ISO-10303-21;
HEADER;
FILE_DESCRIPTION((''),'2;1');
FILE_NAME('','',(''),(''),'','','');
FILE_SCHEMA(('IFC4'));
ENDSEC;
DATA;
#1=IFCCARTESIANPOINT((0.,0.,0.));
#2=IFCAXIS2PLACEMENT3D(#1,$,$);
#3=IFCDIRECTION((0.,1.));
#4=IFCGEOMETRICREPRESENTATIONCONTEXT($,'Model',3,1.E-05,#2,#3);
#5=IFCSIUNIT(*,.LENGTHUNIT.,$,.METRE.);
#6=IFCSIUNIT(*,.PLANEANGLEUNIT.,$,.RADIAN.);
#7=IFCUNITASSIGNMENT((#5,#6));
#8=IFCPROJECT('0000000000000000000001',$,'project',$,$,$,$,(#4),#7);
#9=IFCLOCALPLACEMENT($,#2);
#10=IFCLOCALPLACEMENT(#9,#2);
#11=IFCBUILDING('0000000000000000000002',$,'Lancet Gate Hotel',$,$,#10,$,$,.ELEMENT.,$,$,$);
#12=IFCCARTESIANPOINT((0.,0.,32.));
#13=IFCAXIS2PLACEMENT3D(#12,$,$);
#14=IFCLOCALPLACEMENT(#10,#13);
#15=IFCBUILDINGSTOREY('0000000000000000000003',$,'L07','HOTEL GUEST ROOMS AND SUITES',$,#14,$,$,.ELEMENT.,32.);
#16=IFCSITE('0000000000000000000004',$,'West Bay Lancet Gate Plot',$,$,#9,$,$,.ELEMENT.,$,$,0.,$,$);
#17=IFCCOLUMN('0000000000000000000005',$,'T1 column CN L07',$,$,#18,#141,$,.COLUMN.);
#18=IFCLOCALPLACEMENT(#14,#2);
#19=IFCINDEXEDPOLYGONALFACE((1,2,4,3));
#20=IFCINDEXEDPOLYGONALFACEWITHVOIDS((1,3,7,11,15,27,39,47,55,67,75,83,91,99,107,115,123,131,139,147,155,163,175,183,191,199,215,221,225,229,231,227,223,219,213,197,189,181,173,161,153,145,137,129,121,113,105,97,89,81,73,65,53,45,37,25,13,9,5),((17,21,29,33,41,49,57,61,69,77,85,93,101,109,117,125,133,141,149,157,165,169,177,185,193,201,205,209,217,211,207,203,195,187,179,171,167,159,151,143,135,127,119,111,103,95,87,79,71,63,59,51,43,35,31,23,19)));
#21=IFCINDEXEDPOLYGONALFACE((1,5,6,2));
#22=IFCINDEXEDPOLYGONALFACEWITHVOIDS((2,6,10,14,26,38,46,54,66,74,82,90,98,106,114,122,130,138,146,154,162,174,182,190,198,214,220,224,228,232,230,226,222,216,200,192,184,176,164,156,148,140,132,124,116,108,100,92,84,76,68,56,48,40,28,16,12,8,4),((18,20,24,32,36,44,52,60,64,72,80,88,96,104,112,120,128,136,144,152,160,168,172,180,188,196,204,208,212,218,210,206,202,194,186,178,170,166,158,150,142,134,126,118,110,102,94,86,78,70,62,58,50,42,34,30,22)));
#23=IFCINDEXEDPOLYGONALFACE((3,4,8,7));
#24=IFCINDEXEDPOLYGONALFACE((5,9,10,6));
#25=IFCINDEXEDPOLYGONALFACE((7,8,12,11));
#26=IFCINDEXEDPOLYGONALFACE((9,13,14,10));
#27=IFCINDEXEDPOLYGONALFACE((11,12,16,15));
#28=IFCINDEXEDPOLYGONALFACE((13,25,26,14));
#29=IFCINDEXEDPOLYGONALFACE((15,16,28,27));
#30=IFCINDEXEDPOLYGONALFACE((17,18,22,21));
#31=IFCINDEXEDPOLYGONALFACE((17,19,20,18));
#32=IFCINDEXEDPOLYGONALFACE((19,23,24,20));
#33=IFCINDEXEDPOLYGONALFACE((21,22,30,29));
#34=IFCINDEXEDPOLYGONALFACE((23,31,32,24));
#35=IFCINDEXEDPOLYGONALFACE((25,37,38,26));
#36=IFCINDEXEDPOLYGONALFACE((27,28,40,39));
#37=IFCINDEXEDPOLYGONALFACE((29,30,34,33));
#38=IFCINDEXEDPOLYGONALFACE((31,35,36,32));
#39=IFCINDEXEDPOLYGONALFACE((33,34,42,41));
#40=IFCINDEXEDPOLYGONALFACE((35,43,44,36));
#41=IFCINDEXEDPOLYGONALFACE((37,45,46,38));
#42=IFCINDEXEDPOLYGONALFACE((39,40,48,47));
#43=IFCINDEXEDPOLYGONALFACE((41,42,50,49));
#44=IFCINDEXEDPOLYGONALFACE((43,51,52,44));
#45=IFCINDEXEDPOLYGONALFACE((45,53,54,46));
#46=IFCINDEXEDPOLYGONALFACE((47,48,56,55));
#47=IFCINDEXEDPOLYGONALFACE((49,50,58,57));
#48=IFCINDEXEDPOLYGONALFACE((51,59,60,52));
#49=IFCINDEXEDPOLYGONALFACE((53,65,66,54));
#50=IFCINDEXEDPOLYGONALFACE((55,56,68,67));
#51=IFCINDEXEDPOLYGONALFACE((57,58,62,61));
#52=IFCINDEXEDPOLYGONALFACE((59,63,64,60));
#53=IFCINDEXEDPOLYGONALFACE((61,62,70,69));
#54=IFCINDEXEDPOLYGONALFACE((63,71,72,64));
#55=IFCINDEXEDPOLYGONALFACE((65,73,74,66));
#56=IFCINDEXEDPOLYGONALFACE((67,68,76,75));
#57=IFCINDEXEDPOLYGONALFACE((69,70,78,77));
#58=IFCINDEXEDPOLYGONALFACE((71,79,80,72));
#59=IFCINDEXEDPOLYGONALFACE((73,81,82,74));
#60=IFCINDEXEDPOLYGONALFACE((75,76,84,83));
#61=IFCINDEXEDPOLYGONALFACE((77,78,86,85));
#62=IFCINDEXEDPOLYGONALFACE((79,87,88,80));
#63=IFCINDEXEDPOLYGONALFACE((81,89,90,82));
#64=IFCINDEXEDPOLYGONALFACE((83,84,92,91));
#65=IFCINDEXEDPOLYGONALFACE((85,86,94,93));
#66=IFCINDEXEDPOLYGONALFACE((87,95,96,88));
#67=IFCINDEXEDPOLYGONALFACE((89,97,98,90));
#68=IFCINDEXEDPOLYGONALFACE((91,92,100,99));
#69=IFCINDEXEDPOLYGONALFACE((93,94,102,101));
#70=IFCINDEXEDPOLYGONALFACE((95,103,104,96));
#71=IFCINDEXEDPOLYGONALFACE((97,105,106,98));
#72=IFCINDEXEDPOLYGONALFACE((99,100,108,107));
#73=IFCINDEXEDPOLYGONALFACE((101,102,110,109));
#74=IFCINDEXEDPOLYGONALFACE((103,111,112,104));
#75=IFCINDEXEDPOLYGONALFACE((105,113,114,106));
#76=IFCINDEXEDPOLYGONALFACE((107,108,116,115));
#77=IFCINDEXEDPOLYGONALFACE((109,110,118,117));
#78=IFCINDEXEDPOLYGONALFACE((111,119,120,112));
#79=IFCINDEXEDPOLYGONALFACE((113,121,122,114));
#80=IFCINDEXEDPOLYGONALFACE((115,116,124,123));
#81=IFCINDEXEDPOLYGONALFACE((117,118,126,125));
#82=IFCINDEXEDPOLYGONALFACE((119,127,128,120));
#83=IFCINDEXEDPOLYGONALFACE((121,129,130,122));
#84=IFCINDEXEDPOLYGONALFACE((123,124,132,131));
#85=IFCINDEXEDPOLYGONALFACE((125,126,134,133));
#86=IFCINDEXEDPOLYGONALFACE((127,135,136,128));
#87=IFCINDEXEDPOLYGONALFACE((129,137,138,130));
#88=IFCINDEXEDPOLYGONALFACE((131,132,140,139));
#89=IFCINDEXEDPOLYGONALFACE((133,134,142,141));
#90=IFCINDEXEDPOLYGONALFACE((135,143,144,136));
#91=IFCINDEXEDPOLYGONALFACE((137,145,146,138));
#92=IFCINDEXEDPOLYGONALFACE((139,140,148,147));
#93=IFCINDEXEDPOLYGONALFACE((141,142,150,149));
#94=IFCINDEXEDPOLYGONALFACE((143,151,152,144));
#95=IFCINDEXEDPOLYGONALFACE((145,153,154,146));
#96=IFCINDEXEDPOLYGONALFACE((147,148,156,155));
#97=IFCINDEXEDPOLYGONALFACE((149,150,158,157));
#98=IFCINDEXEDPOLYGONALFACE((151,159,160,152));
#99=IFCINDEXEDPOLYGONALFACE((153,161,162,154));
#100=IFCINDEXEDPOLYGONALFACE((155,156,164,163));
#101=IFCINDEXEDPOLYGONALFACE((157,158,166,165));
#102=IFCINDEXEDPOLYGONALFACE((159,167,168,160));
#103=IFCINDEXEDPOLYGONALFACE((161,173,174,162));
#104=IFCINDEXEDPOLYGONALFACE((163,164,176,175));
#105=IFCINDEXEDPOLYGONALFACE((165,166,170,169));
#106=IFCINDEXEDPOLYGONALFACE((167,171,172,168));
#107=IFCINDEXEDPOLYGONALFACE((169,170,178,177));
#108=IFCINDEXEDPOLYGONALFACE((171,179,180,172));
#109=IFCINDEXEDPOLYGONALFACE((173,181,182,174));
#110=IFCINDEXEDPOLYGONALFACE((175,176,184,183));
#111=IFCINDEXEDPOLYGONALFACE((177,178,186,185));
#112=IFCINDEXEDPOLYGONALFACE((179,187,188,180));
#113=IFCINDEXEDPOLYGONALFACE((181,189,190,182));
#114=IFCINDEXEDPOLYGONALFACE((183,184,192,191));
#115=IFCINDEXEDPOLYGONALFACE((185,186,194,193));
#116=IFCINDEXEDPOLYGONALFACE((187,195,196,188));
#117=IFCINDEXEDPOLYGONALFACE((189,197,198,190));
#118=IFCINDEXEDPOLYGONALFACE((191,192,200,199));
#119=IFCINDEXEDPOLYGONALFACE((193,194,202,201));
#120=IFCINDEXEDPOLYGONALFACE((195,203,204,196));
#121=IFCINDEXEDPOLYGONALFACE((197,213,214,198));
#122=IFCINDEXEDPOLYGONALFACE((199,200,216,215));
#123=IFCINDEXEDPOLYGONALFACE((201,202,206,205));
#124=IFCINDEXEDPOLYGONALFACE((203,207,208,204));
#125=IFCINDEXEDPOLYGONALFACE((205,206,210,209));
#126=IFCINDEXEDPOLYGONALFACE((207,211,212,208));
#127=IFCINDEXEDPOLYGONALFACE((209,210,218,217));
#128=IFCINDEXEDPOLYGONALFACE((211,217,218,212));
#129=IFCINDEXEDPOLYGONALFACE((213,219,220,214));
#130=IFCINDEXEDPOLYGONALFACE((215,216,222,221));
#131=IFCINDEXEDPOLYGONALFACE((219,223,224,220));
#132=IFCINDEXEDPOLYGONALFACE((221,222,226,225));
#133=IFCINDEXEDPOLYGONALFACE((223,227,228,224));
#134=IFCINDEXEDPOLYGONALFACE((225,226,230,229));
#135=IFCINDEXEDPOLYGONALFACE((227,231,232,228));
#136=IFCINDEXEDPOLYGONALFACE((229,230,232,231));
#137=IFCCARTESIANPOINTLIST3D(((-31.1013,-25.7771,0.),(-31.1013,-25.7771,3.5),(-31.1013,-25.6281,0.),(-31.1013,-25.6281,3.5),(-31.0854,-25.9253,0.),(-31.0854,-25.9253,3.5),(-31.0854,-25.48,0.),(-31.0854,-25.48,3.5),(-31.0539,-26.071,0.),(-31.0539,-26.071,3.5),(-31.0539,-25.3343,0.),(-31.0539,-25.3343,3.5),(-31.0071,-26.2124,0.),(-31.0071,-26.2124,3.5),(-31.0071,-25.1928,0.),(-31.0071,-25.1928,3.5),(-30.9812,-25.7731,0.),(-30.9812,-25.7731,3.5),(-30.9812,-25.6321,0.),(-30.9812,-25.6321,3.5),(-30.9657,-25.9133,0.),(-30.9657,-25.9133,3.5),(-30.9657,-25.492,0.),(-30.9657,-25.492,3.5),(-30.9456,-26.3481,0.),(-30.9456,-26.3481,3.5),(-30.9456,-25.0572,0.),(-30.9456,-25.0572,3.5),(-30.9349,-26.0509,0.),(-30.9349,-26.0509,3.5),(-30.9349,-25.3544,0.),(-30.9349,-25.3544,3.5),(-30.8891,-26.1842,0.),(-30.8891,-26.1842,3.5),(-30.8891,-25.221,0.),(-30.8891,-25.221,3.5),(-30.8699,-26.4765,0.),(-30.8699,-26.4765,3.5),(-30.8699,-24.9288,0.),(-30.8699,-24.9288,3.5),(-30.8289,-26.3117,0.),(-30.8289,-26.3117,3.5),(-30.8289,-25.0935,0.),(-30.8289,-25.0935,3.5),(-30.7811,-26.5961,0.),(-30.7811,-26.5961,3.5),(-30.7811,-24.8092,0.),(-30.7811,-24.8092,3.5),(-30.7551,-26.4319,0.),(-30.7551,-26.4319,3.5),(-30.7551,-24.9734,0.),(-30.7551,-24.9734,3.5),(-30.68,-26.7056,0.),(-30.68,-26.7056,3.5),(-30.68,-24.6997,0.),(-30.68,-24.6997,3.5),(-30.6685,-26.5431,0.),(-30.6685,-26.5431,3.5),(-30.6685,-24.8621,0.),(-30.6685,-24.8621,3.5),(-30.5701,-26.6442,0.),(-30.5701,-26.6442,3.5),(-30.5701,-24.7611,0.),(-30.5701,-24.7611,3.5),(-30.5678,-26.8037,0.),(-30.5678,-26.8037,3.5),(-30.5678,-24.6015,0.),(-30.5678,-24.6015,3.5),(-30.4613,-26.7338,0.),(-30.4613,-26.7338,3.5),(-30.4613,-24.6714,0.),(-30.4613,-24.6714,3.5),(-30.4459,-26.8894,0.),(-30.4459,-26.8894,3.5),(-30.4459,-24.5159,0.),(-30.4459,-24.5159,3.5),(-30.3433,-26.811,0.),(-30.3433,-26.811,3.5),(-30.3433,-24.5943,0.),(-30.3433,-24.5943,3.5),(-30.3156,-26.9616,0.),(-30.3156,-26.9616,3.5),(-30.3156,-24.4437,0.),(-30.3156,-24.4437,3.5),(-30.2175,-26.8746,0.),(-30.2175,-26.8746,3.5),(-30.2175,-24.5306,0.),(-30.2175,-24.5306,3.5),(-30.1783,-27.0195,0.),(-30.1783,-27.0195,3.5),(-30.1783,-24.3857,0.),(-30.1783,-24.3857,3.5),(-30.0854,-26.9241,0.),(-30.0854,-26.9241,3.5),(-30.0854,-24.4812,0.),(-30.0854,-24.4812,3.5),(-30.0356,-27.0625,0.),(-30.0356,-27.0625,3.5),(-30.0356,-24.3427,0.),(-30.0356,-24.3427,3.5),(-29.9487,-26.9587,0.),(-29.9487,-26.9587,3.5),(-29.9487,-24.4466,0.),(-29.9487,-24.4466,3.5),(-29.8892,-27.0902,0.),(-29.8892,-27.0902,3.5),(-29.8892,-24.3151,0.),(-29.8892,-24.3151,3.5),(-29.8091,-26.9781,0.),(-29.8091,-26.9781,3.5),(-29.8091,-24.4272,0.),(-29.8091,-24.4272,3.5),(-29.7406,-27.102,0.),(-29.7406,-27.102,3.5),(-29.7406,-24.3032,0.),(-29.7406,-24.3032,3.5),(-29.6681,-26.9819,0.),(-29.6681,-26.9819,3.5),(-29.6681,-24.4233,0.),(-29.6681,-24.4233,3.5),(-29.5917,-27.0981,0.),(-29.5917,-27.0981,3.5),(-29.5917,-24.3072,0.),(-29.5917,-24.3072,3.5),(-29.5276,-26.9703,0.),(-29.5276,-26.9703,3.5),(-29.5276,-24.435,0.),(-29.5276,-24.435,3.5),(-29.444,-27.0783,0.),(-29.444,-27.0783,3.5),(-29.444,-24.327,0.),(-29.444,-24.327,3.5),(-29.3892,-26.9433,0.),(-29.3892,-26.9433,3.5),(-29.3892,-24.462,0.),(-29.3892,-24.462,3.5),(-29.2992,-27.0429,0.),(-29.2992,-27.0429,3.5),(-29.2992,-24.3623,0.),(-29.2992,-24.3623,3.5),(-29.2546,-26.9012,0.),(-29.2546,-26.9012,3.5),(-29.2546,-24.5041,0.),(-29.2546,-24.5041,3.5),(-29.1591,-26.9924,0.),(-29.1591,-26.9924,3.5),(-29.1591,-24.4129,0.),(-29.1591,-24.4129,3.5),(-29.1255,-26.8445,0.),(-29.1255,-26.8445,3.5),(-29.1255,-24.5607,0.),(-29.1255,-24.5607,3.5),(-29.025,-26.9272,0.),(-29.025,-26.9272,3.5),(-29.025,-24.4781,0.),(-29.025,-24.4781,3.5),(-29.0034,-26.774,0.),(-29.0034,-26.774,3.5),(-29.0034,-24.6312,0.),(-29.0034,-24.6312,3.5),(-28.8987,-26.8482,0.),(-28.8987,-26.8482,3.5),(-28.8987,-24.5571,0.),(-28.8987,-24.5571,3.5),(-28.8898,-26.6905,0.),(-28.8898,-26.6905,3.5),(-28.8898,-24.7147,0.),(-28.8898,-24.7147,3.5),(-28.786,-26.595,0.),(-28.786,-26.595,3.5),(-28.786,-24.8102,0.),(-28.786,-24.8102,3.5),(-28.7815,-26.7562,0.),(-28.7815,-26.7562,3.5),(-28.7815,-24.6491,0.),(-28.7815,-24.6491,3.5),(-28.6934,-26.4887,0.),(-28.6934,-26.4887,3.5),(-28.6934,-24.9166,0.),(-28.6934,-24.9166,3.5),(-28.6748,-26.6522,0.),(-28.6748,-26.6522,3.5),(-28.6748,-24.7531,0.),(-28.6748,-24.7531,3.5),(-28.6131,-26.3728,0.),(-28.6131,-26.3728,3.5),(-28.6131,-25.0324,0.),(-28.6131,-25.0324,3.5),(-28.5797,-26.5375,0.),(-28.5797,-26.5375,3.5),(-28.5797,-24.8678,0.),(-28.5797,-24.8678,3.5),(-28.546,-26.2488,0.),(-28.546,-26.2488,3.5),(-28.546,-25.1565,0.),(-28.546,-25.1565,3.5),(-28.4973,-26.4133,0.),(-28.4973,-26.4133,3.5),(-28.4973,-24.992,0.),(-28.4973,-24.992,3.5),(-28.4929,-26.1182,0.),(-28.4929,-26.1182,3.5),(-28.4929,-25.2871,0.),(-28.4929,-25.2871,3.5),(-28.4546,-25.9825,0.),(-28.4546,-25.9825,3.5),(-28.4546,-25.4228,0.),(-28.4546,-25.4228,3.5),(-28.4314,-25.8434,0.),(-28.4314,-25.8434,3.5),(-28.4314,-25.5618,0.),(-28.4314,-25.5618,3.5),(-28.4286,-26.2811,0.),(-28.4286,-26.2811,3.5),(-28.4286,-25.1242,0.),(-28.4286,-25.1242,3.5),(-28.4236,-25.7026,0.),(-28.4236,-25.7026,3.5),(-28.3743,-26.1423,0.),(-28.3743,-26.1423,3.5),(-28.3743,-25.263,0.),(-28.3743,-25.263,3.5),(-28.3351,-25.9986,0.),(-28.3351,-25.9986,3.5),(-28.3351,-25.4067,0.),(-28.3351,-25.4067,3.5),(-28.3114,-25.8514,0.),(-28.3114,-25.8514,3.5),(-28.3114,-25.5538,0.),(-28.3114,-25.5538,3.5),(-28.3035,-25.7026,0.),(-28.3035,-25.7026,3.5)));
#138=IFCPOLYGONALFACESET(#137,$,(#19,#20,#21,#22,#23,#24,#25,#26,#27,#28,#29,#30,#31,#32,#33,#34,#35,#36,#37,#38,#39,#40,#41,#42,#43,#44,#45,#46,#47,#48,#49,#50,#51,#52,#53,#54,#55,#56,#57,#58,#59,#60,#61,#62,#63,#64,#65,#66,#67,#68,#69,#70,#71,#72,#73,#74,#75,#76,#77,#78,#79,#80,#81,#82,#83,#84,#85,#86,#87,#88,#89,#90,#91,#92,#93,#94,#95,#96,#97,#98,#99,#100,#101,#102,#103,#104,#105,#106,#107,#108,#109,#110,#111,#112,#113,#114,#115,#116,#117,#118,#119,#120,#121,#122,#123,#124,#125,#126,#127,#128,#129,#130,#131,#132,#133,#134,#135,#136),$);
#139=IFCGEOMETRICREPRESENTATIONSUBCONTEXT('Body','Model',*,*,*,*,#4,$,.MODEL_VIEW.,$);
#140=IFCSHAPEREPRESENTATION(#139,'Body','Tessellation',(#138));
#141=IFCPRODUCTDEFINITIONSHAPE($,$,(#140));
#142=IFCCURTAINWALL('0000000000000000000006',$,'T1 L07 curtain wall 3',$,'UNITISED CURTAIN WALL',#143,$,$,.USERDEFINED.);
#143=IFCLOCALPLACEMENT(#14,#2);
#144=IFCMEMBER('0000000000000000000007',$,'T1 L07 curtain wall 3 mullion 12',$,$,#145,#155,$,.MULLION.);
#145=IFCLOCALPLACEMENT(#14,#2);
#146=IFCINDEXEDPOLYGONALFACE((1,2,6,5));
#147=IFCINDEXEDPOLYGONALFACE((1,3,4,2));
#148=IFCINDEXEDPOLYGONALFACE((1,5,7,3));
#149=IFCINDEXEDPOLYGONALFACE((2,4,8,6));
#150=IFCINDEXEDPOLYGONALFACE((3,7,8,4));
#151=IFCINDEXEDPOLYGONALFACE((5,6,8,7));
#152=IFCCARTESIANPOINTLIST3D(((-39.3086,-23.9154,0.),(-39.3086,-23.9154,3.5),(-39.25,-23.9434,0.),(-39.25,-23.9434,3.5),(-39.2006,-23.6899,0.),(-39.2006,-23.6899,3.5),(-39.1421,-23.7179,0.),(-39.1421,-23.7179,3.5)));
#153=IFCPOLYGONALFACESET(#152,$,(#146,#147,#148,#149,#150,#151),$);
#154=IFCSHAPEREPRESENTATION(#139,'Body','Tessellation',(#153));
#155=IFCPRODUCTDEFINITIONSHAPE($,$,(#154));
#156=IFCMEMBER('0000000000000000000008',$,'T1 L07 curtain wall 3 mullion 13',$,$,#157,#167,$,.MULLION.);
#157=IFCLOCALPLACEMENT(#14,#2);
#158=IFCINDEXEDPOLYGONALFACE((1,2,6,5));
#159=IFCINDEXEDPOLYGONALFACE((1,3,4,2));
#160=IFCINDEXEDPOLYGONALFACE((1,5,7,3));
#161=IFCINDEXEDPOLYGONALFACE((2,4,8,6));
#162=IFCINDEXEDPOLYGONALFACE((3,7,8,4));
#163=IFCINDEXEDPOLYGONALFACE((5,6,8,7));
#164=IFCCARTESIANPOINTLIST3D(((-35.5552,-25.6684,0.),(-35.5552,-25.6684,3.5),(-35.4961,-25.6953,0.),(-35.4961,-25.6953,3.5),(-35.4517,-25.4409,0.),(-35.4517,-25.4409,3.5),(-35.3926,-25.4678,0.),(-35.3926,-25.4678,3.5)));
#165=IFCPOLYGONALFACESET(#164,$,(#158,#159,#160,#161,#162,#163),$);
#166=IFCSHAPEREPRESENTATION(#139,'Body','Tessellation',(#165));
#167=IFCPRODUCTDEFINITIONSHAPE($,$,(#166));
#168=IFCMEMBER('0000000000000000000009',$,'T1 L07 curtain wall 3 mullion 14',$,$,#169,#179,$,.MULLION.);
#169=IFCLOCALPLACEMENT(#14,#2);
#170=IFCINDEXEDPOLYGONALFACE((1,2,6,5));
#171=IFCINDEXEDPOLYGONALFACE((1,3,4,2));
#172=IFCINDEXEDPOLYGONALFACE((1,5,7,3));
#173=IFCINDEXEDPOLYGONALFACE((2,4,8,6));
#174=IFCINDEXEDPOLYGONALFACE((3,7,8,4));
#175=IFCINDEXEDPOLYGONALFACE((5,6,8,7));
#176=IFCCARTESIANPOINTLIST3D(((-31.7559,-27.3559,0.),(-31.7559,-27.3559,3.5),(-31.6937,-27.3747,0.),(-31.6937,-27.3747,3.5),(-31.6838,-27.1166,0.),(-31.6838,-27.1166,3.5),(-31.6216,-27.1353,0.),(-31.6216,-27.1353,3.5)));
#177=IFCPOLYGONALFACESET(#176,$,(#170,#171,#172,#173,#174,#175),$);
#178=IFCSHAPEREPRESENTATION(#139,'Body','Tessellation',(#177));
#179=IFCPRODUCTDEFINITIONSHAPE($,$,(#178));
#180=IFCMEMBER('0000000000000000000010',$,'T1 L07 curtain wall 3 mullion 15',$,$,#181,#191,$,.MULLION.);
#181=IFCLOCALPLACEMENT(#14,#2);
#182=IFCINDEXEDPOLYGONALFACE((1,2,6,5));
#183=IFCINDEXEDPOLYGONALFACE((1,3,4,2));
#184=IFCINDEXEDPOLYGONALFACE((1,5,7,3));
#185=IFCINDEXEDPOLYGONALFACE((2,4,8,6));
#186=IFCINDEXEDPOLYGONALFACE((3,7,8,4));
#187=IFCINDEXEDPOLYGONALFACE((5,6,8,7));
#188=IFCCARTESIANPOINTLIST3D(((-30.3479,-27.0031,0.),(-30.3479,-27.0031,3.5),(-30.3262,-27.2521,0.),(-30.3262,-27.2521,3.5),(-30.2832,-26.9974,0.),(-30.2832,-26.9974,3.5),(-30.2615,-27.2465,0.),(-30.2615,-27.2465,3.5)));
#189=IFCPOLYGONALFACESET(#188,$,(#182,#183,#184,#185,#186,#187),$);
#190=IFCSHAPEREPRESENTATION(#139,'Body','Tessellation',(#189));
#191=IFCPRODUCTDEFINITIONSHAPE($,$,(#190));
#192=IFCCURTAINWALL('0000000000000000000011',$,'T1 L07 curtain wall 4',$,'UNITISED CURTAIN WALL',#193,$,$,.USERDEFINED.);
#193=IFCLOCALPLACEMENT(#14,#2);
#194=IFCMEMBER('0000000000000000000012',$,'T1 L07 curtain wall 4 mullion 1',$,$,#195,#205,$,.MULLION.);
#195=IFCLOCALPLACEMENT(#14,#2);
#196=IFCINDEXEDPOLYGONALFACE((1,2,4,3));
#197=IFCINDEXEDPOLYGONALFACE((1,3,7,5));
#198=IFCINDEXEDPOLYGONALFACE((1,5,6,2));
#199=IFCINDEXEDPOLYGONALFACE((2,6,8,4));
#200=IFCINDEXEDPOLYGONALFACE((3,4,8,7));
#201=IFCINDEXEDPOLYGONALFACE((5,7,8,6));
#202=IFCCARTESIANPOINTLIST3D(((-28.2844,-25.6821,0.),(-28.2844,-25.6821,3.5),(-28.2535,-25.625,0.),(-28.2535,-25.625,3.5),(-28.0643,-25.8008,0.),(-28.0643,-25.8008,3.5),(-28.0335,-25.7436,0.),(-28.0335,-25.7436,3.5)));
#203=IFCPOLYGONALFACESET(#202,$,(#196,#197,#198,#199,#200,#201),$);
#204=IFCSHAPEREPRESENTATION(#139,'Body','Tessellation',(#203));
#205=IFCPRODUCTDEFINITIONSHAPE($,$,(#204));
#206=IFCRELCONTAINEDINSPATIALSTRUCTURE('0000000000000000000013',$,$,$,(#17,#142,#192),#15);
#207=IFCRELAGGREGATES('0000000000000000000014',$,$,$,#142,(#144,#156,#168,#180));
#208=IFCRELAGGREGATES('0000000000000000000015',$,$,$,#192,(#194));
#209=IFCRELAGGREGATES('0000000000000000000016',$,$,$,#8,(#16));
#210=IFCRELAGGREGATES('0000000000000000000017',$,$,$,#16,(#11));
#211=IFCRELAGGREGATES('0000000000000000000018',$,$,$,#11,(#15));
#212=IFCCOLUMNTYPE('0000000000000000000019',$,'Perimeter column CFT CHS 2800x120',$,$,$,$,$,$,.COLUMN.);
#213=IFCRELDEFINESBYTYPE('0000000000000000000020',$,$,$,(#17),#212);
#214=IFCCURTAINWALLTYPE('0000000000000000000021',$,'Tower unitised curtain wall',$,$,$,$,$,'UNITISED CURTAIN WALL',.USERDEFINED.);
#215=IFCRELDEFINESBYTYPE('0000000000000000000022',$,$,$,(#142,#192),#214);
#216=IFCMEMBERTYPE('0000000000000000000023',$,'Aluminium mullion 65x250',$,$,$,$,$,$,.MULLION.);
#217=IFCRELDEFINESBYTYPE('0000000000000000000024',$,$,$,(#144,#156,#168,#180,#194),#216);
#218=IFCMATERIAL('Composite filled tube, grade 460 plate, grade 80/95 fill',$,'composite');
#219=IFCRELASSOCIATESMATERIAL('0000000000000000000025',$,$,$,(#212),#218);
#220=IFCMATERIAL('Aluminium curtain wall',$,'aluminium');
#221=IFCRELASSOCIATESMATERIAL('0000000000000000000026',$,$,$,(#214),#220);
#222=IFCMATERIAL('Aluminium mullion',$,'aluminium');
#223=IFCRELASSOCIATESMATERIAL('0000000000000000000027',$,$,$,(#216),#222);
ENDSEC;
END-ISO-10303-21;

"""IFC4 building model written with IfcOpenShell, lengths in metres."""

from ifc_helpers import new_model, si_unit, direction, frame, origin, origin_2d, place, context, subcontext, project, spatial, rectangle, hollow_circle, extrude, material, material_profile, profile_set, type_object, element, aggregate, save


model = new_model("IFC4")

# Units and contexts
model_context = context("Model", 3, precision=1e-05, world=origin(), true_north=direction((0.0, 1.0)))
body_context = subcontext(model_context, "Body", "Model", "MODEL_VIEW")
ifc_project = project(units=[si_unit("LENGTHUNIT", "METRE"), si_unit("PLANEANGLEUNIT", "RADIAN")], contexts=[model_context])

# Site, building, storey
site_placement = place(None, origin())
site = spatial("IfcSite", under=ifc_project, at=site_placement, Name="West Bay Lancet Gate Plot", CompositionType="ELEMENT", RefElevation=0.0)
building_placement = place(site_placement, origin())
building = spatial("IfcBuilding", under=site, at=building_placement, Name="Lancet Gate Hotel", CompositionType="ELEMENT")
storey_placement = place(building_placement, frame((0.0, 0.0, 32.0)))
storey = spatial("IfcBuildingStorey", under=building, at=storey_placement, Name="L07", Description="HOTEL GUEST ROOMS AND SUITES", CompositionType="ELEMENT", Elevation=32.0)

# Column
ifc_material_1 = material(Name="Composite filled tube, grade 460 plate, grade 80/95 fill", Category="composite")
ifc_material_profile_1 = material_profile(ifc_material_1, hollow_circle(Radius=1.3999, WallThickness=0.1201, at=origin_2d()), Name="CHS 2800x120")
ifc_profile_set_1 = profile_set([ifc_material_profile_1], Name="Composite filled tube, grade 460 plate, grade 80/95 fill")
column_type = type_object("IfcColumnType", Name="Perimeter column CFT CHS 2800x120", PredefinedType="COLUMN", material=ifc_profile_set_1)
column_placement = place(storey_placement, frame((-29.7034, -25.7026, 0.0), z_axis=(0.0, 0.0, 1.0), x_axis=(1.0, 0.0, 0.0)))
element("IfcColumn", 1, at=column_placement, inside=storey, type_object=column_type, Name="T1 column CN L07", PredefinedType="COLUMN", context=body_context, shape_type="SweptSolid", body=[
    extrude(hollow_circle(Radius=1.3999, WallThickness=0.1201, at=origin_2d()), origin(), (0.0, 0.0, 1.0), 3.5),
])

# Curtain walls, members
ifc_material_2 = material(Name="Aluminium curtain wall", Category="aluminium")
curtain_wall_type = type_object("IfcCurtainWallType", Name="Tower unitised curtain wall", ElementType="UNITISED CURTAIN WALL", PredefinedType="USERDEFINED", material=ifc_material_2)
curtain_wall_1_placement = place(storey_placement, origin())
curtain_wall_1 = element("IfcCurtainWall", 2, at=curtain_wall_1_placement, inside=storey, type_object=curtain_wall_type, Name="T1 L07 curtain wall 3", ObjectType="UNITISED CURTAIN WALL", PredefinedType="USERDEFINED")
ifc_material_3 = material(Name="Aluminium mullion", Category="aluminium")
ifc_material_profile_2 = material_profile(ifc_material_3, rectangle(XDim=0.0649, YDim=0.25, at=origin_2d()), Name="MULLION 65x250")
ifc_profile_set_2 = profile_set([ifc_material_profile_2], Name="Aluminium mullion")
member_type_1 = type_object("IfcMemberType", Name="Aluminium mullion 65x250", PredefinedType="MULLION", material=ifc_profile_set_2)
member_1_placement = place(storey_placement, frame((-39.2253, -23.8167, 0.0), z_axis=(0.0, 0.0, 1.0), x_axis=(0.901929, -0.431885, 0.0)))
member_1 = element("IfcMember", 3, at=member_1_placement, type_object=member_type_1, Name="T1 L07 curtain wall 3 mullion 12", PredefinedType="MULLION", context=body_context, shape_type="SweptSolid", body=[
    extrude(rectangle(XDim=0.0649, YDim=0.25, at=origin_2d()), origin(), (0.0, 0.0, 1.0), 3.5),
])
member_2_placement = place(storey_placement, frame((-35.4739, -25.5681, 0.0), z_axis=(0.0, 0.0, 1.0), x_axis=(0.91022, -0.414126, 0.0)))
member_2 = element("IfcMember", 4, at=member_2_placement, type_object=member_type_1, Name="T1 L07 curtain wall 3 mullion 13", PredefinedType="MULLION", context=body_context, shape_type="SweptSolid", body=[
    extrude(rectangle(XDim=0.0649, YDim=0.25, at=origin_2d()), origin(), (0.0, 0.0, 1.0), 3.5),
])
member_3_placement = place(storey_placement, frame((-31.6887, -27.2456, 0.0), z_axis=(0.0, 0.0, 1.0), x_axis=(0.957524, -0.288352, 0.0)))
member_3 = element("IfcMember", 5, at=member_3_placement, type_object=member_type_1, Name="T1 L07 curtain wall 3 mullion 14", PredefinedType="MULLION", context=body_context, shape_type="SweptSolid", body=[
    extrude(rectangle(XDim=0.0649, YDim=0.25, at=origin_2d()), origin(), (0.0, 0.0, 1.0), 3.5),
])
member_4_placement = place(storey_placement, frame((-30.3047, -27.1248, 0.0), z_axis=(0.0, 0.0, 1.0), x_axis=(0.996204, 0.087052, 0.0)))
member_4 = element("IfcMember", 6, at=member_4_placement, type_object=member_type_1, Name="T1 L07 curtain wall 3 mullion 15", PredefinedType="MULLION", context=body_context, shape_type="SweptSolid", body=[
    extrude(rectangle(XDim=0.0649, YDim=0.25, at=origin_2d()), origin(), (0.0, 0.0, 1.0), 3.5),
])
curtain_wall_2_placement = place(storey_placement, origin())
curtain_wall_2 = element("IfcCurtainWall", 7, at=curtain_wall_2_placement, inside=storey, type_object=curtain_wall_type, Name="T1 L07 curtain wall 4", ObjectType="UNITISED CURTAIN WALL", PredefinedType="USERDEFINED")
member_5_placement = place(storey_placement, frame((-28.1589, -25.7129, 0.0), z_axis=(0.0, 0.0, 1.0), x_axis=(0.474631, 0.880185, 0.0)))
member_5 = element("IfcMember", 8, at=member_5_placement, type_object=member_type_1, Name="T1 L07 curtain wall 4 mullion 1", PredefinedType="MULLION", context=body_context, shape_type="SweptSolid", body=[
    extrude(rectangle(XDim=0.0649, YDim=0.25, at=origin_2d()), origin(), (0.0, 0.0, 1.0), 3.5),
])

aggregate(curtain_wall_1, [member_1, member_2, member_3, member_4])
aggregate(curtain_wall_2, [member_5])

save(model, "model.ifc")
